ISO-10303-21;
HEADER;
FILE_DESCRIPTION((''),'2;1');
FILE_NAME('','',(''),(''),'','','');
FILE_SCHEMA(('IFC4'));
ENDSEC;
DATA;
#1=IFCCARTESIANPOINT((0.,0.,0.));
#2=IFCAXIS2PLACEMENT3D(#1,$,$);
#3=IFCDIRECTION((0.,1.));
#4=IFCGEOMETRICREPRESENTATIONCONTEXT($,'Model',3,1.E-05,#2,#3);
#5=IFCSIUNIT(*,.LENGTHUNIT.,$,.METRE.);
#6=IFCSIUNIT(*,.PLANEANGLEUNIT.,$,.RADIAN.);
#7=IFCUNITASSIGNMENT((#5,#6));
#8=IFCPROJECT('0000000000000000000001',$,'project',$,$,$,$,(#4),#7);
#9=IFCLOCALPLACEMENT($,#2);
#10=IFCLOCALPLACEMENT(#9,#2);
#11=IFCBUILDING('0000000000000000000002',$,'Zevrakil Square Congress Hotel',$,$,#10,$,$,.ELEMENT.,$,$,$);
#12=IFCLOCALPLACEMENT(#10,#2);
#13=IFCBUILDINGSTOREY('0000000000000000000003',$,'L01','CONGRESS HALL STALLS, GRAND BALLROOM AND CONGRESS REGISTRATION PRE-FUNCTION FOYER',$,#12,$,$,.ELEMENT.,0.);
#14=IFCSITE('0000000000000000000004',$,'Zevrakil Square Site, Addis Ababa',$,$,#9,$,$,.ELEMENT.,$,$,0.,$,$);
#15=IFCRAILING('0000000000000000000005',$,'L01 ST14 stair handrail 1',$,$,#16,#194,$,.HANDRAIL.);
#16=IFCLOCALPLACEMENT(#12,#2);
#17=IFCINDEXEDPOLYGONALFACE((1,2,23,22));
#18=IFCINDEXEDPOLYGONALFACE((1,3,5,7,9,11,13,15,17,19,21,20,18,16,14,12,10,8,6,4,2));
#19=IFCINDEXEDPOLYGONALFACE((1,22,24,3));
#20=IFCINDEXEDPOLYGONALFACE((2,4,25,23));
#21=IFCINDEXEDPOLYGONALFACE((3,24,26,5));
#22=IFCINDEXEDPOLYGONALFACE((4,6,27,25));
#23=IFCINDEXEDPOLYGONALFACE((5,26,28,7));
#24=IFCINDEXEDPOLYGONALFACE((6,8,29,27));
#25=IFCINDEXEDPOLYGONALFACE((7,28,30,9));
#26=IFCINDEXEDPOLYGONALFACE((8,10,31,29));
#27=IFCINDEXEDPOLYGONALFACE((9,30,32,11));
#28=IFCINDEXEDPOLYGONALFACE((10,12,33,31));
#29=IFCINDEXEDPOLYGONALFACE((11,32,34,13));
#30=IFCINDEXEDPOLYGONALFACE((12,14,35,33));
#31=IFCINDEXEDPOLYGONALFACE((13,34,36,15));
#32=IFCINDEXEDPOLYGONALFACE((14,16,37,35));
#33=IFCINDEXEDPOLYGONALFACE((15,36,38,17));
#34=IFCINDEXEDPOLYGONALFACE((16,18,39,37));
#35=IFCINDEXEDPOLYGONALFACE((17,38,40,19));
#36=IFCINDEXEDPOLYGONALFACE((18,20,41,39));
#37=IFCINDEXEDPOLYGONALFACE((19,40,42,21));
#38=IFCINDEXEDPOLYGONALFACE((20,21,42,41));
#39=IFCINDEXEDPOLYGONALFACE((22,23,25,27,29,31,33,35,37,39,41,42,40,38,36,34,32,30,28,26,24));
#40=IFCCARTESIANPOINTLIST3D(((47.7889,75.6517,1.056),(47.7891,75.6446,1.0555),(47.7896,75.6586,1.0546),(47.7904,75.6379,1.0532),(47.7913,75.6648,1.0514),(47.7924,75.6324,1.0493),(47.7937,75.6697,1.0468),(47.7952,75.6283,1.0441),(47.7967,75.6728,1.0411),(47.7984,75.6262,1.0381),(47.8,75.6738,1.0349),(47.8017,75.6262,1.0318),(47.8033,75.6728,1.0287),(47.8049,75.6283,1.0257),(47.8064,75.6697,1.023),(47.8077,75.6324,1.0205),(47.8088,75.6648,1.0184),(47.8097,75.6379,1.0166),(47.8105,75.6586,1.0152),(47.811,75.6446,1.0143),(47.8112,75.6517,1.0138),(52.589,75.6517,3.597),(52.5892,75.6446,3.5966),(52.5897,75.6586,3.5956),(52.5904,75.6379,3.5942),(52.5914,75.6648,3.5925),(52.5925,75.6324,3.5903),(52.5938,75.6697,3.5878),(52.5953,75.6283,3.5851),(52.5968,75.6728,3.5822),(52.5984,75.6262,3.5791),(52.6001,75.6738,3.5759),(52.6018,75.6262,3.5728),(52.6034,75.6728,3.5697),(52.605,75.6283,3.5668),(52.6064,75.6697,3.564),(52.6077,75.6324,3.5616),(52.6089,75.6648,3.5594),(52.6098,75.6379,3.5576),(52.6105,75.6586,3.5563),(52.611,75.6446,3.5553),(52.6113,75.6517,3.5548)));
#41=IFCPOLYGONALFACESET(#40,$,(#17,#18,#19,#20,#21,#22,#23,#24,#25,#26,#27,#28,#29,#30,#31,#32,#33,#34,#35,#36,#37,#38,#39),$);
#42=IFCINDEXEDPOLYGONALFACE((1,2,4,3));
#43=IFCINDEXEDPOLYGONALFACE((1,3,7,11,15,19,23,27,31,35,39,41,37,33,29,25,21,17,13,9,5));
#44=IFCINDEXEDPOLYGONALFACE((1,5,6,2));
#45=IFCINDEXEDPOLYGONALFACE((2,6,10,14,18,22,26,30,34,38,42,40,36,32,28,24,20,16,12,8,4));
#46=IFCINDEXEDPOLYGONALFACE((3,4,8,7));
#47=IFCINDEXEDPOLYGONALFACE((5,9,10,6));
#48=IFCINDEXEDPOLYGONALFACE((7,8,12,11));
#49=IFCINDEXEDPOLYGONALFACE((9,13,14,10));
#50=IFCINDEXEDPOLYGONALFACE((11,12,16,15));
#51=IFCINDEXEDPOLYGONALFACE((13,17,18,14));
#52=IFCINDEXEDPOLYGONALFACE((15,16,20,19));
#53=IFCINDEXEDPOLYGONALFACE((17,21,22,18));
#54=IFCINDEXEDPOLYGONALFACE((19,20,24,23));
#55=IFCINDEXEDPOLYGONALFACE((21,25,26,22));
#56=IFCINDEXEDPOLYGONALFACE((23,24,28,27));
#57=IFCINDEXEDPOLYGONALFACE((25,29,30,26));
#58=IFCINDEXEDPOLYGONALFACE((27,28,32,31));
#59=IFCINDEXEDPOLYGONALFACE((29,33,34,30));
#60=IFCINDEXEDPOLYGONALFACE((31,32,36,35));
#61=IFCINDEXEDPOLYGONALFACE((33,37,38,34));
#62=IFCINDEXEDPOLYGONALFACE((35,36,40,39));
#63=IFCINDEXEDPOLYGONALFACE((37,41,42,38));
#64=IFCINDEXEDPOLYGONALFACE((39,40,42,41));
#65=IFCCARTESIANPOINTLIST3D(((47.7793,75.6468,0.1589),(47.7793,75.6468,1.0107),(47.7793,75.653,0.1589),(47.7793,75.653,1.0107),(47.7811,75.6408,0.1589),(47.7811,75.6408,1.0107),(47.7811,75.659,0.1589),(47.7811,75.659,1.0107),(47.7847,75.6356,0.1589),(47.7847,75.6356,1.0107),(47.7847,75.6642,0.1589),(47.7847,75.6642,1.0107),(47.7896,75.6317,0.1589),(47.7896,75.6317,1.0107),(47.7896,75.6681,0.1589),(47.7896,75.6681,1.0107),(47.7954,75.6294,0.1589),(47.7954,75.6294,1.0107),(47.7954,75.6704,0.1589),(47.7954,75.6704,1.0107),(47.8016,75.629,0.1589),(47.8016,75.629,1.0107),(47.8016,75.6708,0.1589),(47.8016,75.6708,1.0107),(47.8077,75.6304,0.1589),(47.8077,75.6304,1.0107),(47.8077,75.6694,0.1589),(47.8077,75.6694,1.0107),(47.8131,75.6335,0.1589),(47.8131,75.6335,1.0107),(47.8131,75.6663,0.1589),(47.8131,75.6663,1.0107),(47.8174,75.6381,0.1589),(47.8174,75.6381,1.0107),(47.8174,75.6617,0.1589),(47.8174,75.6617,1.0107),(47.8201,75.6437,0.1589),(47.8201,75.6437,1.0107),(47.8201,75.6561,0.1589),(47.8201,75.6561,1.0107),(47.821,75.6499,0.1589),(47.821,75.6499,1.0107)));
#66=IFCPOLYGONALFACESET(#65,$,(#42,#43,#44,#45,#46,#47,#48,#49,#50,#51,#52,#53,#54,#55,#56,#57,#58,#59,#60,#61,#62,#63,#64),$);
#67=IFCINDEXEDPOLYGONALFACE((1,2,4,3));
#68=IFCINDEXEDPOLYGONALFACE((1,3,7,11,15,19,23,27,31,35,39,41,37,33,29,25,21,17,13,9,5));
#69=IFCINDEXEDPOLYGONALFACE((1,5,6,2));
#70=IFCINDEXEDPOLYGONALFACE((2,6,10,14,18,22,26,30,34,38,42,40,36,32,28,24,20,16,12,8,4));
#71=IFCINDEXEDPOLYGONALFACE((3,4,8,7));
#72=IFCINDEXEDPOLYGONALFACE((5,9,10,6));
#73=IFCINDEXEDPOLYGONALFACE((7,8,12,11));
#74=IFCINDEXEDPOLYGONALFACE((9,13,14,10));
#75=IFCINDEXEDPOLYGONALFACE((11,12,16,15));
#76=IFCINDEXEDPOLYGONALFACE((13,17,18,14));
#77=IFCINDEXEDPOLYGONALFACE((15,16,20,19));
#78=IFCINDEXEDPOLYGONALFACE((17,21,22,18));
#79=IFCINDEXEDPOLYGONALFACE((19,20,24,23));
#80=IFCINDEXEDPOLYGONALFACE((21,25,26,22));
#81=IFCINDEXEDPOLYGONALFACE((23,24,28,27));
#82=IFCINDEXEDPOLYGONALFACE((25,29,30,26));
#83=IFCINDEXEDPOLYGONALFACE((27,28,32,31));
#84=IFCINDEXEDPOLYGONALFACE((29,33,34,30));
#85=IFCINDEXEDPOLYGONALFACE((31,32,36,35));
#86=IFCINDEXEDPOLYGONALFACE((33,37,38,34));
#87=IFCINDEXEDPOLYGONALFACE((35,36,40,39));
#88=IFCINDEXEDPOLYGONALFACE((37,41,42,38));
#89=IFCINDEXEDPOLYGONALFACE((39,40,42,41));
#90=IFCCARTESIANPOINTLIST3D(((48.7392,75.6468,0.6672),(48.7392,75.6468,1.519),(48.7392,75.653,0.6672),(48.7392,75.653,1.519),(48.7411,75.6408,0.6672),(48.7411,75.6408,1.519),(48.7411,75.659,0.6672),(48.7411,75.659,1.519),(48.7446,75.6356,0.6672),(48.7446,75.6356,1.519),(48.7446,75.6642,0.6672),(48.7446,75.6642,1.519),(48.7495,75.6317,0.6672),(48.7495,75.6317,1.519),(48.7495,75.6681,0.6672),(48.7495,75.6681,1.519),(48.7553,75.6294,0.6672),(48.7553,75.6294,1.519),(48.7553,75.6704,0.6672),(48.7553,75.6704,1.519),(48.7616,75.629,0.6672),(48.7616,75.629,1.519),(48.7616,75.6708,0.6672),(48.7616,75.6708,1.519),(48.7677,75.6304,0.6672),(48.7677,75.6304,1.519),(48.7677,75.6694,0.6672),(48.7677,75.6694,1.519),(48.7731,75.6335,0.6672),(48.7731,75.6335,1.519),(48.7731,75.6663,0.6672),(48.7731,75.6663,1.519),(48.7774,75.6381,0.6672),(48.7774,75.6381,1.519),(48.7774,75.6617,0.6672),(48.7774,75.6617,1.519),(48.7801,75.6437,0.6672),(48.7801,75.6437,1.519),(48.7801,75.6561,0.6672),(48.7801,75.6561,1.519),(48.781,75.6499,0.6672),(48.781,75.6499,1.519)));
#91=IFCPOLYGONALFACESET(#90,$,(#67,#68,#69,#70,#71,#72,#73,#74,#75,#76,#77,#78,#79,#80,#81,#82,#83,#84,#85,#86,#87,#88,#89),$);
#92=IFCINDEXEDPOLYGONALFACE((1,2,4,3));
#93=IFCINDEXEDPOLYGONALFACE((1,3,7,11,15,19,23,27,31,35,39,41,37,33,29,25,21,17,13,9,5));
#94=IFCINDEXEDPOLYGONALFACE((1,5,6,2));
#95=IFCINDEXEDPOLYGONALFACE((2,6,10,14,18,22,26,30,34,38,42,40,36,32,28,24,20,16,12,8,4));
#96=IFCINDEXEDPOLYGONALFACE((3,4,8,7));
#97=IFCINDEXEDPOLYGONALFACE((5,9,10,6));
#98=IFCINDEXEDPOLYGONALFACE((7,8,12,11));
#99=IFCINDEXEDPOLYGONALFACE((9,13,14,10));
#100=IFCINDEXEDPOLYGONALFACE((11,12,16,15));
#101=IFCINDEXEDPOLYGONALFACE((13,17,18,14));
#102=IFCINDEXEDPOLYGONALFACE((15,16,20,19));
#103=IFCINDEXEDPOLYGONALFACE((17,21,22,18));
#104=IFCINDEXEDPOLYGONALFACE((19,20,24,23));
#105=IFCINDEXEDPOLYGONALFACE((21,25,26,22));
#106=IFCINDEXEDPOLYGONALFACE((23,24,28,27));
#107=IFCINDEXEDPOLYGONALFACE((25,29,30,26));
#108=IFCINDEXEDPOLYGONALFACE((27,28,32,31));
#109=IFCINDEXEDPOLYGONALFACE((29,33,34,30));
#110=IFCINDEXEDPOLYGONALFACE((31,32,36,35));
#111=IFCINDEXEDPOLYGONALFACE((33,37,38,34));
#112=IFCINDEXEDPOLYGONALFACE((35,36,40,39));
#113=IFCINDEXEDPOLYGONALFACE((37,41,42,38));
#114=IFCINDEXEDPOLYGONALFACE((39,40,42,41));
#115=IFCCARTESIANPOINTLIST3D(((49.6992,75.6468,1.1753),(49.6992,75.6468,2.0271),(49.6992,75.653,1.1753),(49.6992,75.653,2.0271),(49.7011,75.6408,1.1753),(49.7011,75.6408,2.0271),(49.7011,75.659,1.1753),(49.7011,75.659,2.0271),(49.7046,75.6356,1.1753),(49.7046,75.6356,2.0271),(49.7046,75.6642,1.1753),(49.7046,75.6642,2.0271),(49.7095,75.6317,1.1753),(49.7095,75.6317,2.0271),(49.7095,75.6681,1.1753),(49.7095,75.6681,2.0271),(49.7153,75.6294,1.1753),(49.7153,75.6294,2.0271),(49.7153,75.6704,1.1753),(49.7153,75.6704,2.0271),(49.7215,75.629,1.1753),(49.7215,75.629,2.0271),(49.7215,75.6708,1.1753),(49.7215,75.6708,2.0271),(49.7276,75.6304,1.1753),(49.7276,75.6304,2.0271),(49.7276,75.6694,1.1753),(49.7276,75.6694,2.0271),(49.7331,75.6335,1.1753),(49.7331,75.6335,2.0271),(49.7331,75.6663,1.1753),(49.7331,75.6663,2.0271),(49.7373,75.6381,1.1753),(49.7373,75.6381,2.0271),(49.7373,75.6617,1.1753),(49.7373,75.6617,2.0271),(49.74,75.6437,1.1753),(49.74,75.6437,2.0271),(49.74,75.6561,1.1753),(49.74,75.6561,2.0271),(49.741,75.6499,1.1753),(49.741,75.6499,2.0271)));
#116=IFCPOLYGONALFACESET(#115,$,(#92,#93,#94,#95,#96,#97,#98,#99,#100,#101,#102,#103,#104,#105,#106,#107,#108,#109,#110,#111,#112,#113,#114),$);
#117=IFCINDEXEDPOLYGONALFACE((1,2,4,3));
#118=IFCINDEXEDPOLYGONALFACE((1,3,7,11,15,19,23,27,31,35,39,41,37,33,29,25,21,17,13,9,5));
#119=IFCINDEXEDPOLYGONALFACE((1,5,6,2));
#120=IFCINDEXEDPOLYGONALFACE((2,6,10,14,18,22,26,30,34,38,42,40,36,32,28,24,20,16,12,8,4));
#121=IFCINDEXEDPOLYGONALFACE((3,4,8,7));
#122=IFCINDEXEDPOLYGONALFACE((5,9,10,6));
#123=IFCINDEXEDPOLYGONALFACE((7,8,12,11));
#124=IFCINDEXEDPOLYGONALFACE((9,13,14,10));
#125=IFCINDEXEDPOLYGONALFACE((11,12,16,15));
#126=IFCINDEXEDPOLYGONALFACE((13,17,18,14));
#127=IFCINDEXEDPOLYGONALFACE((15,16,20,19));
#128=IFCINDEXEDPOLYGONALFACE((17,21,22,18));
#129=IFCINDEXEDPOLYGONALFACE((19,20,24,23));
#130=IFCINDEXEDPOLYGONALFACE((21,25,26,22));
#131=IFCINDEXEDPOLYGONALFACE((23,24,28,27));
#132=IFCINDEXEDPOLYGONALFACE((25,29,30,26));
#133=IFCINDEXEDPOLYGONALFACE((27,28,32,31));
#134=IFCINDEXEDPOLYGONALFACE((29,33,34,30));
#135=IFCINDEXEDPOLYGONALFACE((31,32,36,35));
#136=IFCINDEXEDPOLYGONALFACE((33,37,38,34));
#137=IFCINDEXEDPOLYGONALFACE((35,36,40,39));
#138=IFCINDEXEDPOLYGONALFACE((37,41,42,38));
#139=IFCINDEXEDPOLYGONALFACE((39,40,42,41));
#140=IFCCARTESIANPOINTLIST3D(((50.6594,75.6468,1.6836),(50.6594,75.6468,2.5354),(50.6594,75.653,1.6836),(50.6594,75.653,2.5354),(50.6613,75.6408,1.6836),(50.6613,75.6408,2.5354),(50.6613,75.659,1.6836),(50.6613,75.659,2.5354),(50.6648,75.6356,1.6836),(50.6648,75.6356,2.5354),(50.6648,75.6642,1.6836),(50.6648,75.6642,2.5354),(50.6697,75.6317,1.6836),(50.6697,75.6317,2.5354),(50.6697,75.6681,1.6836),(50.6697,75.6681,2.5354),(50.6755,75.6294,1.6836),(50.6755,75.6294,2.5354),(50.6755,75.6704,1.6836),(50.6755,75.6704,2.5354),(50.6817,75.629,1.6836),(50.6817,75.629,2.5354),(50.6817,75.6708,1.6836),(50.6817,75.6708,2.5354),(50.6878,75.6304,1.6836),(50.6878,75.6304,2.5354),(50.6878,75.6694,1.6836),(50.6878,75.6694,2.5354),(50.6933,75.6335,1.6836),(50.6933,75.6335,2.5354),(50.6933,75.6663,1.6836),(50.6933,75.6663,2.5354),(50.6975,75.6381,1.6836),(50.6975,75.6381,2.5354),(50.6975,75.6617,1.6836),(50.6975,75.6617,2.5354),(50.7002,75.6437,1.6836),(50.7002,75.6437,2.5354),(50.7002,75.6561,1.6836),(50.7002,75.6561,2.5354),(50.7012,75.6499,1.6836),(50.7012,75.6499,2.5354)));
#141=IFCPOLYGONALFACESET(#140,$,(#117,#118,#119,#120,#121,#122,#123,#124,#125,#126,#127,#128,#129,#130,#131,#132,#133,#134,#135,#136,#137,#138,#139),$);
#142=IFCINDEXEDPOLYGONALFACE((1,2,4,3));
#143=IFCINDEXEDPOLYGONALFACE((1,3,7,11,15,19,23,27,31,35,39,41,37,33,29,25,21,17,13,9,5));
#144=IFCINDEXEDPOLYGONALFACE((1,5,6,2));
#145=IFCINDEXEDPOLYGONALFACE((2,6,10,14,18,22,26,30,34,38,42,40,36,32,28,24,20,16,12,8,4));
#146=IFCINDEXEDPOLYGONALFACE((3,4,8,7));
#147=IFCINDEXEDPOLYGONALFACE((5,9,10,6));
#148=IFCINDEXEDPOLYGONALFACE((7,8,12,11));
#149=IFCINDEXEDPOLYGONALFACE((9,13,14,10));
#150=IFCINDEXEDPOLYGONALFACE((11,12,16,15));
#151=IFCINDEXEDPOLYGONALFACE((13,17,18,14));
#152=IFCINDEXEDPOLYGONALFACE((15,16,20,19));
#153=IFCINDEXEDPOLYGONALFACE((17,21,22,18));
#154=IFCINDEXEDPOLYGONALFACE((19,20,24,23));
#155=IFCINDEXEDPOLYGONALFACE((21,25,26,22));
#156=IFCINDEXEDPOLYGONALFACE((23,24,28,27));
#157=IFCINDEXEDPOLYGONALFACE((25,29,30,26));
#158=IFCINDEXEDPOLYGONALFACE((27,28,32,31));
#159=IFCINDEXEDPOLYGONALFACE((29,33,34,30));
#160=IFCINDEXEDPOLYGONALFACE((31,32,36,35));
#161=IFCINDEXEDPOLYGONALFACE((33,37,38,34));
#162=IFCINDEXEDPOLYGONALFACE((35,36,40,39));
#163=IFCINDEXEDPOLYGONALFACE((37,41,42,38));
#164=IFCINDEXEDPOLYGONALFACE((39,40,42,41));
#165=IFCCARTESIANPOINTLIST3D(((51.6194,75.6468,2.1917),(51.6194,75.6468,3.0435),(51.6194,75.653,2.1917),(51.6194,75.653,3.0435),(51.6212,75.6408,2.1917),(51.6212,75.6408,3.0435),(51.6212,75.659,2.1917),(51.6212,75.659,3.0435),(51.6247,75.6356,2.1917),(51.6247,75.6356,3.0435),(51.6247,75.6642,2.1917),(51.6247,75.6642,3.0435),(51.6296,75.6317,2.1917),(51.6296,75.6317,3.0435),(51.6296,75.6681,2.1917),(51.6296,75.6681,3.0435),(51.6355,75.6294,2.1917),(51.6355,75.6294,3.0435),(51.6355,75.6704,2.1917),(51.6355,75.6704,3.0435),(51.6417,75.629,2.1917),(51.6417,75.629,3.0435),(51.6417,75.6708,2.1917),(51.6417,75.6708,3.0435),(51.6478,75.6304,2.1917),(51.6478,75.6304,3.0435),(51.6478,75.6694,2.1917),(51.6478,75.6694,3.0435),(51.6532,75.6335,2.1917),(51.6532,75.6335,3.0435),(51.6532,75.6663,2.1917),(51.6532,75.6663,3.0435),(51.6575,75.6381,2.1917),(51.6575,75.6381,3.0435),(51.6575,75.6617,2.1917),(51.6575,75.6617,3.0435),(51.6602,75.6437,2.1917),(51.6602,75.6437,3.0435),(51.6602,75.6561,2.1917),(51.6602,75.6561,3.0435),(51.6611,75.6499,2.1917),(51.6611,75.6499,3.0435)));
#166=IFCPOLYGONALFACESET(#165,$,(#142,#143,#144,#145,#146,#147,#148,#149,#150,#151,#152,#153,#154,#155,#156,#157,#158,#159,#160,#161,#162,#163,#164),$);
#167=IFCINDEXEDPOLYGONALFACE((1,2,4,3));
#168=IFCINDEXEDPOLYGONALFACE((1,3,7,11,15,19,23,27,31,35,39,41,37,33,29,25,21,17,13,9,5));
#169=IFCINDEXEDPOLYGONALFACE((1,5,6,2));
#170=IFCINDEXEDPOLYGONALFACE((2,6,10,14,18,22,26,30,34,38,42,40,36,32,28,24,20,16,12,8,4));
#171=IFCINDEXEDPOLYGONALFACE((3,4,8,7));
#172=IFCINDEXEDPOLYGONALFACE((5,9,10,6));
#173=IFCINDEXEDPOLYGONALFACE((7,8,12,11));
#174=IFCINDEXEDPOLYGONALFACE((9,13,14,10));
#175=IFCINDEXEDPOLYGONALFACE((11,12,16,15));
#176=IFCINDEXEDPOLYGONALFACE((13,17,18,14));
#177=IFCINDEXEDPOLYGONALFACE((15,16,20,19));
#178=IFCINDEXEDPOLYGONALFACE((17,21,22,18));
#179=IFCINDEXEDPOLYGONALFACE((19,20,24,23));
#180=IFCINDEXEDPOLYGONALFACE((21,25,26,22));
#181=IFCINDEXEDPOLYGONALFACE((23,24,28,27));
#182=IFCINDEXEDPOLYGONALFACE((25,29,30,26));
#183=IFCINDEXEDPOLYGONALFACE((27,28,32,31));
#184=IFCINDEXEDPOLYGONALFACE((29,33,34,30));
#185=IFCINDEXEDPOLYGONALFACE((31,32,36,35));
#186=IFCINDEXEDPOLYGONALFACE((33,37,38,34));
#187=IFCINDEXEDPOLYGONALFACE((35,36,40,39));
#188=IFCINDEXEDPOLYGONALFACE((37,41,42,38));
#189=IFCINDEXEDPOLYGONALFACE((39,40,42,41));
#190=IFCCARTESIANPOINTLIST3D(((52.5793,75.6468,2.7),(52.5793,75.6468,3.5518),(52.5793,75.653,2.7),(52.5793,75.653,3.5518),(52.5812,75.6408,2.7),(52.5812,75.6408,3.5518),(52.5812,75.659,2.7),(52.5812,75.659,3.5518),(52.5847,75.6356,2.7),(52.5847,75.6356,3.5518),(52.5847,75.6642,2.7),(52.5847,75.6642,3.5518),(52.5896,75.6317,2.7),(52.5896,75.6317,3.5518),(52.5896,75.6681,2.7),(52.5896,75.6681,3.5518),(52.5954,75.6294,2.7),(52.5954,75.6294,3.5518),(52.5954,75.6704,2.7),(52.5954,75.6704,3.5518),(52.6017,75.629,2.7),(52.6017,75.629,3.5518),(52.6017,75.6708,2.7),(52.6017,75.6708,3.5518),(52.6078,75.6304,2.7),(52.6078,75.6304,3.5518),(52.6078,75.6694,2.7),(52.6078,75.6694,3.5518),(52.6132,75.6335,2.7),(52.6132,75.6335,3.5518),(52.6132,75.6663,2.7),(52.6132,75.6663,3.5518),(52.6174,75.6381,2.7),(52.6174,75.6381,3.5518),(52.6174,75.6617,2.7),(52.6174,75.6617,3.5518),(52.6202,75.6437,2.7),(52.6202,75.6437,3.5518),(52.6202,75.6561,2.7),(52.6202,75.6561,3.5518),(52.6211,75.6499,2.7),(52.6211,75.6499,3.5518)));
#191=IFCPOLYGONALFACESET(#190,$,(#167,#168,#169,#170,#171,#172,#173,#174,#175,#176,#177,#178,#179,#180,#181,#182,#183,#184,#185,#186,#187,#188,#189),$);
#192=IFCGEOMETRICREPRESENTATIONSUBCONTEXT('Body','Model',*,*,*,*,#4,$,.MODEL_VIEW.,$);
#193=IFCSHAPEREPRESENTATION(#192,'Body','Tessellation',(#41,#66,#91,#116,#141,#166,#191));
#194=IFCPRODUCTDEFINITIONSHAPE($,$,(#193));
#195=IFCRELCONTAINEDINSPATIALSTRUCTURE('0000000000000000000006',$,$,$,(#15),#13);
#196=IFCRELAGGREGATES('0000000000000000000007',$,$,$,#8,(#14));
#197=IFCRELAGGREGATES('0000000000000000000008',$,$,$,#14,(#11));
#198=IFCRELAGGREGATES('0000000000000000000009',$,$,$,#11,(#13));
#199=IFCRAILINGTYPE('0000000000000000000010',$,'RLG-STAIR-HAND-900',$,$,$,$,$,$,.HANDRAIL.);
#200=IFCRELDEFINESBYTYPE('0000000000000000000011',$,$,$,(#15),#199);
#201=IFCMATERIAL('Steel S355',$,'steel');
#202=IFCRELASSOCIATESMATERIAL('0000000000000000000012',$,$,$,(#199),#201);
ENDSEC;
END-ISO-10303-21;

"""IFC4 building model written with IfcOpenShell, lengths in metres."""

from ifc_helpers import new_model, si_unit, direction, frame, origin, origin_2d, place, context, subcontext, project, spatial, circle, extrude, material, type_object, element, save


model = new_model("IFC4")

# Units and contexts
model_context = context("Model", 3, precision=1e-05, world=origin(), true_north=direction((0.0, 1.0)))
body_context = subcontext(model_context, "Body", "Model", "MODEL_VIEW")
ifc_project = project(units=[si_unit("LENGTHUNIT", "METRE"), si_unit("PLANEANGLEUNIT", "RADIAN")], contexts=[model_context])

# Site, building, storey
site_placement = place(None, origin())
site = spatial("IfcSite", under=ifc_project, at=site_placement, Name="Zevrakil Square Site, Addis Ababa", CompositionType="ELEMENT", RefElevation=0.0)
building_placement = place(site_placement, origin())
building = spatial("IfcBuilding", under=site, at=building_placement, Name="Zevrakil Square Congress Hotel", CompositionType="ELEMENT")
storey_placement = place(building_placement, origin())
storey = spatial("IfcBuildingStorey", under=building, at=storey_placement, Name="L01", Description="CONGRESS HALL STALLS, GRAND BALLROOM AND CONGRESS REGISTRATION PRE-FUNCTION FOYER", CompositionType="ELEMENT", Elevation=0.0)

# Railing
ifc_material_1 = material(Name="Steel S355", Category="steel")
railing_type_1 = type_object("IfcRailingType", Name="RLG-STAIR-HAND-900", PredefinedType="HANDRAIL", material=ifc_material_1)
railing_1_placement = place(storey_placement, frame((47.8, 75.6499, 0.1589)))
element("IfcRailing", 1, at=railing_1_placement, inside=storey, type_object=railing_type_1, Name="L01 ST14 stair handrail 1", PredefinedType="HANDRAIL", context=body_context, shape_type="SweptSolid", body=[
    extrude(circle(Radius=0.0239, at=origin_2d()), frame((0.0, 0.0, 0.876), z_axis=(0.883802, 0.0, 0.467861), x_axis=(0.0, 1.0, 0.0)), (0.0, 0.0, 1.0), 5.4312),
    extrude(circle(Radius=0.021, at=origin_2d()), origin(), (0.0, 0.0, 1.0), 0.8518),
    extrude(circle(Radius=0.021, at=origin_2d()), frame((0.96, 0.0, 0.5083)), (0.0, 0.0, 1.0), 0.8518),
    extrude(circle(Radius=0.021, at=origin_2d()), frame((1.9199, 0.0, 1.0164)), (0.0, 0.0, 1.0), 0.8518),
    extrude(circle(Radius=0.021, at=origin_2d()), frame((2.8801, 0.0, 1.5247)), (0.0, 0.0, 1.0), 0.8518),
    extrude(circle(Radius=0.021, at=origin_2d()), frame((3.8401, 0.0, 2.0327)), (0.0, 0.0, 1.0), 0.8518),
    extrude(circle(Radius=0.021, at=origin_2d()), frame((4.8, 0.0, 2.541)), (0.0, 0.0, 1.0), 0.8518),
])

save(model, "model.ifc")
